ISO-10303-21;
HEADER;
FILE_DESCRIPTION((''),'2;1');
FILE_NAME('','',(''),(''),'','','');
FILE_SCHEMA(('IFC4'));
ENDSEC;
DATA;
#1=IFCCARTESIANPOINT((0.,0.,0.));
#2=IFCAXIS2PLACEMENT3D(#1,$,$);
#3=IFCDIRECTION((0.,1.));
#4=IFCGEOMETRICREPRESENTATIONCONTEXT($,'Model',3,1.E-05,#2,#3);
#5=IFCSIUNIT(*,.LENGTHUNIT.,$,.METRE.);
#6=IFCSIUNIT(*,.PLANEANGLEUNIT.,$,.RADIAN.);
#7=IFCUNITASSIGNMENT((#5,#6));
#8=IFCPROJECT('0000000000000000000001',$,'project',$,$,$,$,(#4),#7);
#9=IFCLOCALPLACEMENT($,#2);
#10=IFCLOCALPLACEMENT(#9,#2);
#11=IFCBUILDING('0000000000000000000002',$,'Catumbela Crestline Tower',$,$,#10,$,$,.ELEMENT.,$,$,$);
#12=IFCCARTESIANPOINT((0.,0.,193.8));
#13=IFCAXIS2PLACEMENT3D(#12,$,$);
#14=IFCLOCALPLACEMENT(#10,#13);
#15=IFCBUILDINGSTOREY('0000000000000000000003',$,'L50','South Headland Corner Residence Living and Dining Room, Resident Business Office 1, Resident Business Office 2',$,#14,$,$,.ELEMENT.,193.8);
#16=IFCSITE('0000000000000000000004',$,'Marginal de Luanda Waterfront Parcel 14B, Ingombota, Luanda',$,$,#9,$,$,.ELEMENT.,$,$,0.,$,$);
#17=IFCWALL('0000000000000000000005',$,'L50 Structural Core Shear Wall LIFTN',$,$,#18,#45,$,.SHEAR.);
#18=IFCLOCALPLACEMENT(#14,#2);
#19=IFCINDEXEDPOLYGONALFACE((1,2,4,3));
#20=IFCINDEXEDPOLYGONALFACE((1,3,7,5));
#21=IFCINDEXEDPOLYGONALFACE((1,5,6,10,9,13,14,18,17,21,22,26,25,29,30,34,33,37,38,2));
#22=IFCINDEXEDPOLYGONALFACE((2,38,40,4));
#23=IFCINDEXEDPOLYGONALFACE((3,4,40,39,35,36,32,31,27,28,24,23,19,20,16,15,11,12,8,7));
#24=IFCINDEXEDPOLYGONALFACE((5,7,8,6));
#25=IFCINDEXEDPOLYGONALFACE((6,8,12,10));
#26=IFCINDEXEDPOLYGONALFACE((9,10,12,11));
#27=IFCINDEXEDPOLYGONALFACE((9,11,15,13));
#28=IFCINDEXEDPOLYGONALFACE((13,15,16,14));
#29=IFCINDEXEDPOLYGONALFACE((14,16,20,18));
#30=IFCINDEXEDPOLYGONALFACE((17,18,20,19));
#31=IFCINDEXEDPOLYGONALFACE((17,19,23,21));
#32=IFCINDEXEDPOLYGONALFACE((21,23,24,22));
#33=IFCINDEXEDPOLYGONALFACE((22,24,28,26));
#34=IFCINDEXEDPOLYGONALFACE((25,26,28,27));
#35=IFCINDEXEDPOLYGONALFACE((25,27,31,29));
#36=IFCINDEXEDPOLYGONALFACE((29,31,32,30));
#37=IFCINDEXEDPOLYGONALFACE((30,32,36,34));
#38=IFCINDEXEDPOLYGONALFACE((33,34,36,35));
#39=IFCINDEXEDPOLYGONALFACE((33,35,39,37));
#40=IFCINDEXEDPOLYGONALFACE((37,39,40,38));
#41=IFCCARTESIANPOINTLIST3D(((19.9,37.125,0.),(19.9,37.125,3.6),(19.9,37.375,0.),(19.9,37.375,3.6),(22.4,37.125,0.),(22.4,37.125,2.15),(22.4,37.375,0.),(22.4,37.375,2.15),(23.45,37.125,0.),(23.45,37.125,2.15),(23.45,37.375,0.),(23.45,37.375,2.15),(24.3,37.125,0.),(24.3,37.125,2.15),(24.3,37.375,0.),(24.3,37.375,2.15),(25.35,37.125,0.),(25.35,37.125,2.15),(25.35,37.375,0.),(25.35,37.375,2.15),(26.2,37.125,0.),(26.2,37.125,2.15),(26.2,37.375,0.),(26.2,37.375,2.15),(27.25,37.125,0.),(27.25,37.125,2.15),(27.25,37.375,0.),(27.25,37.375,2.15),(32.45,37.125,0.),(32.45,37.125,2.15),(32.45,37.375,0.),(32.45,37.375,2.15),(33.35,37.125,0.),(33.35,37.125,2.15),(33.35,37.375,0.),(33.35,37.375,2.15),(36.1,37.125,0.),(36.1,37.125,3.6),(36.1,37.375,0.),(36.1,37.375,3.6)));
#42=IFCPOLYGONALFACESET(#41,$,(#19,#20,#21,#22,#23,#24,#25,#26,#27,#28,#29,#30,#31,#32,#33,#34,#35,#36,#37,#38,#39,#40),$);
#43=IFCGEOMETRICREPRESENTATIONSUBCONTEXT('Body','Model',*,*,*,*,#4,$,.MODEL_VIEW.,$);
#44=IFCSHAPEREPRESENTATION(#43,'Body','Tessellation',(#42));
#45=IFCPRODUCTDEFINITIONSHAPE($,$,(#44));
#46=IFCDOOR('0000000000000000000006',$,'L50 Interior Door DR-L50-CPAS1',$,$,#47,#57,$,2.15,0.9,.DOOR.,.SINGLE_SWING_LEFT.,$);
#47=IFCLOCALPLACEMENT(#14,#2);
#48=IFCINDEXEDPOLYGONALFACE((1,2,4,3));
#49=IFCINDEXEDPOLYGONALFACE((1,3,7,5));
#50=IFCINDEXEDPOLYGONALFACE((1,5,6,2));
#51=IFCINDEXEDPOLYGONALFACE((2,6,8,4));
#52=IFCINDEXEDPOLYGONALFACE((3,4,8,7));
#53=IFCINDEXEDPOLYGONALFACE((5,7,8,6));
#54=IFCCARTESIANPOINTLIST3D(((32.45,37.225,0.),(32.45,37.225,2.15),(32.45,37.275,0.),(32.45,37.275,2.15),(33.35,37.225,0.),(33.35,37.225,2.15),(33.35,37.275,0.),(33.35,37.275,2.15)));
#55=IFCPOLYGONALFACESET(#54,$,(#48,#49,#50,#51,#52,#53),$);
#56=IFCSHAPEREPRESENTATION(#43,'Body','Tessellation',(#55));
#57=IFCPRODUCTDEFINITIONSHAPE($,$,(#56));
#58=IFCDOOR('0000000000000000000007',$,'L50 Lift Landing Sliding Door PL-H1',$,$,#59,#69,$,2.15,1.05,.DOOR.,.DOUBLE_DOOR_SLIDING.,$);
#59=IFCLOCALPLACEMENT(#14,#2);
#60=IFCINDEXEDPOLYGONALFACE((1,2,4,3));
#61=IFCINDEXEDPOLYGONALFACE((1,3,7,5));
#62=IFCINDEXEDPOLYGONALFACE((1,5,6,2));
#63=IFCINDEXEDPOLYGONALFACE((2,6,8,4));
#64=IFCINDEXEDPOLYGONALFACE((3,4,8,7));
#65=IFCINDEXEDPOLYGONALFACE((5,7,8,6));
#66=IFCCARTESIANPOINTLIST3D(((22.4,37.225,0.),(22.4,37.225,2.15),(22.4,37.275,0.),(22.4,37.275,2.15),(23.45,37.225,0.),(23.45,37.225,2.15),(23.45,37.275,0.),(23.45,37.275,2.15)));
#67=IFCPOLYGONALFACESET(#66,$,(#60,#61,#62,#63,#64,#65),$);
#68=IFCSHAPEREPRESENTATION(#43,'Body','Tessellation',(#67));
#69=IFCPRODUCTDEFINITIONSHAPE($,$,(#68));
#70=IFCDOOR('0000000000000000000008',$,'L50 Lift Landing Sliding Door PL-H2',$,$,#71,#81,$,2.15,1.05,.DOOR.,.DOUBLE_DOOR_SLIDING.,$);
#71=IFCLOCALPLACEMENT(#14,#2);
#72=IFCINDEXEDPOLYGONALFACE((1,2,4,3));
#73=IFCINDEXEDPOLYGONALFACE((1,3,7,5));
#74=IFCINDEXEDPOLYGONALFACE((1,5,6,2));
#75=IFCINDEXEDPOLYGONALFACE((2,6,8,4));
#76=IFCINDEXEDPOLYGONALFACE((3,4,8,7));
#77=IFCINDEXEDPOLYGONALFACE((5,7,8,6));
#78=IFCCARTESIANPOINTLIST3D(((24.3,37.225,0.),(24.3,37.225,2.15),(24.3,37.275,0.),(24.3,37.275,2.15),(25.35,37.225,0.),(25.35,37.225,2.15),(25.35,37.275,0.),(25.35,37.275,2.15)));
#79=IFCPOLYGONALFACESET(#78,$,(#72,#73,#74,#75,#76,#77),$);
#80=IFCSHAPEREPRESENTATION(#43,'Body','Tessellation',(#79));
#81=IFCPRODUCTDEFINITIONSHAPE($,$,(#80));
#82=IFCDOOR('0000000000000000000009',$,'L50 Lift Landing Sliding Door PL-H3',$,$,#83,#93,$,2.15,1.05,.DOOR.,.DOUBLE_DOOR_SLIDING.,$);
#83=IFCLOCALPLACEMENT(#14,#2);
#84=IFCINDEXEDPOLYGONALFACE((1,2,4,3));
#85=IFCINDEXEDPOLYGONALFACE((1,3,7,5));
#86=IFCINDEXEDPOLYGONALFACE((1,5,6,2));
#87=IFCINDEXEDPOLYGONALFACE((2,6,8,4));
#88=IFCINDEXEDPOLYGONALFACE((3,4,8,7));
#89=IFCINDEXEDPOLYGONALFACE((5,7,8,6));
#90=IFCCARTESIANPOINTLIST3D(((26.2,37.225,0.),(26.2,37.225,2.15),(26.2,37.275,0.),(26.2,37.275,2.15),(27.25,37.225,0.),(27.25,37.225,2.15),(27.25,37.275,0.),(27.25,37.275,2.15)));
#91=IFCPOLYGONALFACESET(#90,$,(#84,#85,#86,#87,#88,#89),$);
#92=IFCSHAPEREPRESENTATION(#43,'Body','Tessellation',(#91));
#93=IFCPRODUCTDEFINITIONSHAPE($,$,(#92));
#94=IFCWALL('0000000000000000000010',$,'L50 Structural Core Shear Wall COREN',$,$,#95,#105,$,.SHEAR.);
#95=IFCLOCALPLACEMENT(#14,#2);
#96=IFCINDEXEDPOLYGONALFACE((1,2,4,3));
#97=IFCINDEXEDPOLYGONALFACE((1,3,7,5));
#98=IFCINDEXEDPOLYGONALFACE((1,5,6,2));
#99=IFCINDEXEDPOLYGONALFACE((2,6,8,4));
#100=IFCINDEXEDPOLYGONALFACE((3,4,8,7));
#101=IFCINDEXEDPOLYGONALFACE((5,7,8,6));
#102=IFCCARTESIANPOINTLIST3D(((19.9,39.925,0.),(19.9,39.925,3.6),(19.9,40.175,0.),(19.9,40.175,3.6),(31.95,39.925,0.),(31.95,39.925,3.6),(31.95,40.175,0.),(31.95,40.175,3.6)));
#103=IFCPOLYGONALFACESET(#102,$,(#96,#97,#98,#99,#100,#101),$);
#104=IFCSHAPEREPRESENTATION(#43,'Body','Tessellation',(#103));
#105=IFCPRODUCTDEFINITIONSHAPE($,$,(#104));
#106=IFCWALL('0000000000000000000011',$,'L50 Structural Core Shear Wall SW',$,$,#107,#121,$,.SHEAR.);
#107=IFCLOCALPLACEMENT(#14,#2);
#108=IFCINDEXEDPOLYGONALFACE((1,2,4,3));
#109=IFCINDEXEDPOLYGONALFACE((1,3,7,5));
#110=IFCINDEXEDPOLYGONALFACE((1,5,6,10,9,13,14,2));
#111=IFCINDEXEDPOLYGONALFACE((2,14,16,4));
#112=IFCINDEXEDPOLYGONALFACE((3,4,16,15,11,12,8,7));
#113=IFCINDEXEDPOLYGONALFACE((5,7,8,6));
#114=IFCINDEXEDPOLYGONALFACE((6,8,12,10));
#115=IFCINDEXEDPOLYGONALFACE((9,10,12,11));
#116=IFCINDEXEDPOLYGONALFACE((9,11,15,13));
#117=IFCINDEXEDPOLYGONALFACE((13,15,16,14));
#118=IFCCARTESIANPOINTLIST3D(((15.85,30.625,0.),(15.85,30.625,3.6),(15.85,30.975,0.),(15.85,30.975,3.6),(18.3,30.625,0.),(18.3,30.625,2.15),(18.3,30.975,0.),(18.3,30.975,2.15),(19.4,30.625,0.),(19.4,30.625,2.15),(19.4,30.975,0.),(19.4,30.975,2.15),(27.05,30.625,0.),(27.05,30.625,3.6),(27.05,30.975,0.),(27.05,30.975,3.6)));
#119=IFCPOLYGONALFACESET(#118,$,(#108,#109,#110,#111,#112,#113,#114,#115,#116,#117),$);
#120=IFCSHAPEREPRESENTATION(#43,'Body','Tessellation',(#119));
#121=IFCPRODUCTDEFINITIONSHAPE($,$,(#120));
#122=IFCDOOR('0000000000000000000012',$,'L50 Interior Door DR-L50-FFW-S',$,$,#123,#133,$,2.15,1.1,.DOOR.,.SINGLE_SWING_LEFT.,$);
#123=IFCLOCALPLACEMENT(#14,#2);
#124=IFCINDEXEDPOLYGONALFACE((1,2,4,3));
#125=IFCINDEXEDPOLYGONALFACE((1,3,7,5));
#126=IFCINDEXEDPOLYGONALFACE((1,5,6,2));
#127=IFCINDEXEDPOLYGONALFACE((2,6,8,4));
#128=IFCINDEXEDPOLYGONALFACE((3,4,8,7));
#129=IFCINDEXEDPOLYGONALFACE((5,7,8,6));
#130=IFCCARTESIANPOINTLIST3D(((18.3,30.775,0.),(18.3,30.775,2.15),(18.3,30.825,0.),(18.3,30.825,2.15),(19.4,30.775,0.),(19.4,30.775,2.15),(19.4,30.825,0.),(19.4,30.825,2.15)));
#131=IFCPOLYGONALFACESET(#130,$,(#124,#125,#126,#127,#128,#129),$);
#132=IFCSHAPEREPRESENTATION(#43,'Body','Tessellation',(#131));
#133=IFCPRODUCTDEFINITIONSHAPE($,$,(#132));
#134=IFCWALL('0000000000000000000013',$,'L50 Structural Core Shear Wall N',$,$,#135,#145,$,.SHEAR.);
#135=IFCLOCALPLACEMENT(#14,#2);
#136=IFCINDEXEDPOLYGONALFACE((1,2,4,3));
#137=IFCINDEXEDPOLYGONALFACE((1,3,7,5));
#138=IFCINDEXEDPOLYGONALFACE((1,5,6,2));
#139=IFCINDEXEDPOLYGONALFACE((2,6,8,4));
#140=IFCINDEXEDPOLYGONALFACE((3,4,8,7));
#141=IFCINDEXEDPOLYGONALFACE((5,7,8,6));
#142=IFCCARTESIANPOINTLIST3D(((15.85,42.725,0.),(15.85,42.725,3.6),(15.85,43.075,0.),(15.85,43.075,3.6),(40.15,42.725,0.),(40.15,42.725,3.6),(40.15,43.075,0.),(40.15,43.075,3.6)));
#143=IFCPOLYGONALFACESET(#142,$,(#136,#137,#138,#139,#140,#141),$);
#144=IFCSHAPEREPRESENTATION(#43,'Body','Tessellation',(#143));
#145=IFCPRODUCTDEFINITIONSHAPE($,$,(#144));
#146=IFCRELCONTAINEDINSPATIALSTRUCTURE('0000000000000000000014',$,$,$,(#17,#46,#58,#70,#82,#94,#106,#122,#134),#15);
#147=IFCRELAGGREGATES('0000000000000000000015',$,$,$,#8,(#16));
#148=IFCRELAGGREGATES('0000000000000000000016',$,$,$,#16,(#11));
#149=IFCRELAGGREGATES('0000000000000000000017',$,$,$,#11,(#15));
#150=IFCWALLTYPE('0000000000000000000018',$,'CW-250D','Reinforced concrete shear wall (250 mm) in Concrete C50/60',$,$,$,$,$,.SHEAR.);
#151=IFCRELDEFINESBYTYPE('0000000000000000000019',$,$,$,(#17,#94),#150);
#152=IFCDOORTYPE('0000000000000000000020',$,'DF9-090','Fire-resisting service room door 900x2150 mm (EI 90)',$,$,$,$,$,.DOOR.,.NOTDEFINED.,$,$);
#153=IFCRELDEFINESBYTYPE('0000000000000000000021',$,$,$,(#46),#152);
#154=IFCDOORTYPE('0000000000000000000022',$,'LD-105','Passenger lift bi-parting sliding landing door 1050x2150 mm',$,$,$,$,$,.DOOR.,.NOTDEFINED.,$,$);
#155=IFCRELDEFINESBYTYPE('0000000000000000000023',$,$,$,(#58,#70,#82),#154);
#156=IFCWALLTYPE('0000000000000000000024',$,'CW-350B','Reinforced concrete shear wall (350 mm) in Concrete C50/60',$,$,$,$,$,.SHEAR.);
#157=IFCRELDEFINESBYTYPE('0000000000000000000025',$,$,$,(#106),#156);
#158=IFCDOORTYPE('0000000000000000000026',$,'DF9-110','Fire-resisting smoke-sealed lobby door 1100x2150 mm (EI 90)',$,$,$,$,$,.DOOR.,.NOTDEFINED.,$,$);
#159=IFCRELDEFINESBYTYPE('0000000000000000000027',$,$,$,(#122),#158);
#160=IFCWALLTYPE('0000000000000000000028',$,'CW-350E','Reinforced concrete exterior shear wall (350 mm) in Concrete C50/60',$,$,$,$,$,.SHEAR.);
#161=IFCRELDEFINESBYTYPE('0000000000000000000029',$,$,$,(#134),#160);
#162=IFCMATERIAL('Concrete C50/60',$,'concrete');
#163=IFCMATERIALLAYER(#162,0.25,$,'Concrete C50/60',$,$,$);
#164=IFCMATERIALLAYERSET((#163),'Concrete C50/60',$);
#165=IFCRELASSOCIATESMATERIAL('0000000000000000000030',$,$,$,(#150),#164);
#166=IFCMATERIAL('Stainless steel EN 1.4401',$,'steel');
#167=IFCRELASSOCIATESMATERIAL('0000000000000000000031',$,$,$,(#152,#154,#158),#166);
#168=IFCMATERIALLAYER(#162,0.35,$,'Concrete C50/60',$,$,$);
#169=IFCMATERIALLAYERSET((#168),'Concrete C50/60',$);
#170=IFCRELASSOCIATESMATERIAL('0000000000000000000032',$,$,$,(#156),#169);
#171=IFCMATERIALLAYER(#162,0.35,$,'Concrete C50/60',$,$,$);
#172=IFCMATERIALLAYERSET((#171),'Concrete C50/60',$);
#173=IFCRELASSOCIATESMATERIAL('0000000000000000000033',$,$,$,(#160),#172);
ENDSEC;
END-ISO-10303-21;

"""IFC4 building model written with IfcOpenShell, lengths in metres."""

from ifc_helpers import new_model, si_unit, direction, frame, frame_2d, origin, place, context, subcontext, project, spatial, rectangle, extrude, material, layer, layer_set, type_object, element, fill, save


model = new_model("IFC4")

# Units and contexts
model_context = context("Model", 3, precision=1e-05, world=origin(), true_north=direction((0.0, 1.0)))
body_context = subcontext(model_context, "Body", "Model", "MODEL_VIEW")
ifc_project = project(units=[si_unit("LENGTHUNIT", "METRE"), si_unit("PLANEANGLEUNIT", "RADIAN")], contexts=[model_context])

# Site, building, storey
site_placement = place(None, origin())
site = spatial("IfcSite", under=ifc_project, at=site_placement, Name="Marginal de Luanda Waterfront Parcel 14B, Ingombota, Luanda", CompositionType="ELEMENT", RefElevation=0.0)
building_placement = place(site_placement, origin())
building = spatial("IfcBuilding", under=site, at=building_placement, Name="Catumbela Crestline Tower", CompositionType="ELEMENT")
storey_placement = place(building_placement, frame((0.0, 0.0, 193.8)))
storey = spatial("IfcBuildingStorey", under=building, at=storey_placement, Name="L50", Description="South Headland Corner Residence Living and Dining Room, Resident Business Office 1, Resident Business Office 2", CompositionType="ELEMENT", Elevation=193.8)

# Shared definitions
ifc_material_1 = material(Name="Concrete C50/60", Category="concrete")
ifc_layer_1 = layer(ifc_material_1, 0.25, Name="Concrete C50/60")
ifc_layer_set_1 = layer_set([ifc_layer_1], Name="Concrete C50/60")
wall_type_1 = type_object("IfcWallType", Name="CW-250D", Description="Reinforced concrete shear wall (250 mm) in Concrete C50/60", PredefinedType="SHEAR", material=ifc_layer_set_1)

# Wall, openings, doors
ifc_material_2 = material(Name="Stainless steel EN 1.4401", Category="steel")
wall_1_placement = place(storey_placement, frame((19.9, 37.25, 0.0), z_axis=(0.0, 0.0, 1.0), x_axis=(1.0, 0.0, 0.0)))
wall_1 = element("IfcWall", 1, at=wall_1_placement, inside=storey, type_object=wall_type_1, Name="L50 Structural Core Shear Wall LIFTN", PredefinedType="SHEAR", context=body_context, shape_type="SweptSolid", body=[
    extrude(rectangle(XDim=16.2, YDim=0.25, at=frame_2d((8.1, 0.0))), origin(), (0.0, 0.0, 1.0), 3.6),
])
opening_1_placement = place(wall_1_placement, frame((12.55, 0.0, 0.0)))
opening_1 = element("IfcOpeningElement", 2, at=opening_1_placement, cuts=wall_1, PredefinedType="OPENING", context=body_context, shape_type="SweptSolid", body=[
    extrude(rectangle(XDim=0.9, YDim=2.15, at=frame_2d((0.45, 1.075))), frame((0.0, 0.135, 0.0), z_axis=(0.0, -1.0, 0.0), x_axis=(1.0, 0.0, 0.0)), (0.0, 0.0, 1.0), 0.27),
])
opening_2_placement = place(wall_1_placement, frame((2.5, 0.0, 0.0)))
opening_2 = element("IfcOpeningElement", 3, at=opening_2_placement, cuts=wall_1, PredefinedType="OPENING", context=body_context, shape_type="SweptSolid", body=[
    extrude(rectangle(XDim=1.05, YDim=2.15, at=frame_2d((0.525, 1.075))), frame((0.0, 0.135, 0.0), z_axis=(0.0, -1.0, 0.0), x_axis=(1.0, 0.0, 0.0)), (0.0, 0.0, 1.0), 0.27),
])
opening_3_placement = place(wall_1_placement, frame((4.4, 0.0, 0.0)))
opening_3 = element("IfcOpeningElement", 4, at=opening_3_placement, cuts=wall_1, PredefinedType="OPENING", context=body_context, shape_type="SweptSolid", body=[
    extrude(rectangle(XDim=1.05, YDim=2.15, at=frame_2d((0.525, 1.075))), frame((0.0, 0.135, 0.0), z_axis=(0.0, -1.0, 0.0), x_axis=(1.0, 0.0, 0.0)), (0.0, 0.0, 1.0), 0.27),
])
opening_4_placement = place(wall_1_placement, frame((6.3, 0.0, 0.0)))
opening_4 = element("IfcOpeningElement", 5, at=opening_4_placement, cuts=wall_1, PredefinedType="OPENING", context=body_context, shape_type="SweptSolid", body=[
    extrude(rectangle(XDim=1.05, YDim=2.15, at=frame_2d((0.525, 1.075))), frame((0.0, 0.135, 0.0), z_axis=(0.0, -1.0, 0.0), x_axis=(1.0, 0.0, 0.0)), (0.0, 0.0, 1.0), 0.27),
])
door_type_1 = type_object("IfcDoorType", Name="DF9-090", Description="Fire-resisting service room door 900x2150 mm (EI 90)", OperationType="NOTDEFINED", PredefinedType="DOOR", material=ifc_material_2)
door_1_placement = place(opening_1_placement, origin())
door_1 = element("IfcDoor", 6, at=door_1_placement, inside=storey, type_object=door_type_1, Name="L50 Interior Door DR-L50-CPAS1", OperationType="SINGLE_SWING_LEFT", OverallHeight=2.15, OverallWidth=0.9, PredefinedType="DOOR", context=body_context, shape_type="SweptSolid", body=[
    extrude(rectangle(XDim=0.9, YDim=2.15, at=frame_2d((0.45, 1.075))), frame((0.0, 0.025, 0.0), z_axis=(0.0, -1.0, 0.0), x_axis=(1.0, 0.0, 0.0)), (0.0, 0.0, 1.0), 0.05),
])
fill(opening_1, door_1)
door_type_2 = type_object("IfcDoorType", Name="LD-105", Description="Passenger lift bi-parting sliding landing door 1050x2150 mm", OperationType="NOTDEFINED", PredefinedType="DOOR", material=ifc_material_2)
door_2_placement = place(opening_2_placement, origin())
door_2 = element("IfcDoor", 7, at=door_2_placement, inside=storey, type_object=door_type_2, Name="L50 Lift Landing Sliding Door PL-H1", OperationType="DOUBLE_DOOR_SLIDING", OverallHeight=2.15, OverallWidth=1.05, PredefinedType="DOOR", context=body_context, shape_type="SweptSolid", body=[
    extrude(rectangle(XDim=1.05, YDim=2.15, at=frame_2d((0.525, 1.075))), frame((0.0, 0.025, 0.0), z_axis=(0.0, -1.0, 0.0), x_axis=(1.0, 0.0, 0.0)), (0.0, 0.0, 1.0), 0.05),
])
fill(opening_2, door_2)
door_3_placement = place(opening_3_placement, origin())
door_3 = element("IfcDoor", 8, at=door_3_placement, inside=storey, type_object=door_type_2, Name="L50 Lift Landing Sliding Door PL-H2", OperationType="DOUBLE_DOOR_SLIDING", OverallHeight=2.15, OverallWidth=1.05, PredefinedType="DOOR", context=body_context, shape_type="SweptSolid", body=[
    extrude(rectangle(XDim=1.05, YDim=2.15, at=frame_2d((0.525, 1.075))), frame((0.0, 0.025, 0.0), z_axis=(0.0, -1.0, 0.0), x_axis=(1.0, 0.0, 0.0)), (0.0, 0.0, 1.0), 0.05),
])
fill(opening_3, door_3)
door_4_placement = place(opening_4_placement, origin())
door_4 = element("IfcDoor", 9, at=door_4_placement, inside=storey, type_object=door_type_2, Name="L50 Lift Landing Sliding Door PL-H3", OperationType="DOUBLE_DOOR_SLIDING", OverallHeight=2.15, OverallWidth=1.05, PredefinedType="DOOR", context=body_context, shape_type="SweptSolid", body=[
    extrude(rectangle(XDim=1.05, YDim=2.15, at=frame_2d((0.525, 1.075))), frame((0.0, 0.025, 0.0), z_axis=(0.0, -1.0, 0.0), x_axis=(1.0, 0.0, 0.0)), (0.0, 0.0, 1.0), 0.05),
])
fill(opening_4, door_4)

# Wall
wall_2_placement = place(storey_placement, frame((19.9, 40.05, 0.0), z_axis=(0.0, 0.0, 1.0), x_axis=(1.0, 0.0, 0.0)))
element("IfcWall", 10, at=wall_2_placement, inside=storey, type_object=wall_type_1, Name="L50 Structural Core Shear Wall COREN", PredefinedType="SHEAR", context=body_context, shape_type="SweptSolid", body=[
    extrude(rectangle(XDim=12.05, YDim=0.25, at=frame_2d((6.025, 0.0))), origin(), (0.0, 0.0, 1.0), 3.6),
])

# Wall, opening, door
ifc_layer_2 = layer(ifc_material_1, 0.35, Name="Concrete C50/60")
ifc_layer_set_2 = layer_set([ifc_layer_2], Name="Concrete C50/60")
wall_type_2 = type_object("IfcWallType", Name="CW-350B", Description="Reinforced concrete shear wall (350 mm) in Concrete C50/60", PredefinedType="SHEAR", material=ifc_layer_set_2)
wall_3_placement = place(storey_placement, frame((15.85, 30.8, 0.0), z_axis=(0.0, 0.0, 1.0), x_axis=(1.0, 0.0, 0.0)))
wall_3 = element("IfcWall", 11, at=wall_3_placement, inside=storey, type_object=wall_type_2, Name="L50 Structural Core Shear Wall SW", PredefinedType="SHEAR", context=body_context, shape_type="SweptSolid", body=[
    extrude(rectangle(XDim=11.2, YDim=0.35, at=frame_2d((5.6, 0.0))), origin(), (0.0, 0.0, 1.0), 3.6),
])
opening_5_placement = place(wall_3_placement, frame((2.45, 0.0, 0.0)))
opening_5 = element("IfcOpeningElement", 12, at=opening_5_placement, cuts=wall_3, PredefinedType="OPENING", context=body_context, shape_type="SweptSolid", body=[
    extrude(rectangle(XDim=1.1, YDim=2.15, at=frame_2d((0.55, 1.075))), frame((0.0, 0.185, 0.0), z_axis=(0.0, -1.0, 0.0), x_axis=(1.0, 0.0, 0.0)), (0.0, 0.0, 1.0), 0.37),
])
door_type_3 = type_object("IfcDoorType", Name="DF9-110", Description="Fire-resisting smoke-sealed lobby door 1100x2150 mm (EI 90)", OperationType="NOTDEFINED", PredefinedType="DOOR", material=ifc_material_2)
door_5_placement = place(opening_5_placement, origin())
door_5 = element("IfcDoor", 13, at=door_5_placement, inside=storey, type_object=door_type_3, Name="L50 Interior Door DR-L50-FFW-S", OperationType="SINGLE_SWING_LEFT", OverallHeight=2.15, OverallWidth=1.1, PredefinedType="DOOR", context=body_context, shape_type="SweptSolid", body=[
    extrude(rectangle(XDim=1.1, YDim=2.15, at=frame_2d((0.55, 1.075))), frame((0.0, 0.025, 0.0), z_axis=(0.0, -1.0, 0.0), x_axis=(1.0, 0.0, 0.0)), (0.0, 0.0, 1.0), 0.05),
])
fill(opening_5, door_5)

# Wall
ifc_layer_3 = layer(ifc_material_1, 0.35, Name="Concrete C50/60")
ifc_layer_set_3 = layer_set([ifc_layer_3], Name="Concrete C50/60")
wall_type_3 = type_object("IfcWallType", Name="CW-350E", Description="Reinforced concrete exterior shear wall (350 mm) in Concrete C50/60", PredefinedType="SHEAR", material=ifc_layer_set_3)
wall_4_placement = place(storey_placement, frame((15.85, 42.9, 0.0), z_axis=(0.0, 0.0, 1.0), x_axis=(1.0, 0.0, 0.0)))
element("IfcWall", 14, at=wall_4_placement, inside=storey, type_object=wall_type_3, Name="L50 Structural Core Shear Wall N", PredefinedType="SHEAR", context=body_context, shape_type="SweptSolid", body=[
    extrude(rectangle(XDim=24.3, YDim=0.35, at=frame_2d((12.15, 0.0))), origin(), (0.0, 0.0, 1.0), 3.6),
])

save(model, "model.ifc")
